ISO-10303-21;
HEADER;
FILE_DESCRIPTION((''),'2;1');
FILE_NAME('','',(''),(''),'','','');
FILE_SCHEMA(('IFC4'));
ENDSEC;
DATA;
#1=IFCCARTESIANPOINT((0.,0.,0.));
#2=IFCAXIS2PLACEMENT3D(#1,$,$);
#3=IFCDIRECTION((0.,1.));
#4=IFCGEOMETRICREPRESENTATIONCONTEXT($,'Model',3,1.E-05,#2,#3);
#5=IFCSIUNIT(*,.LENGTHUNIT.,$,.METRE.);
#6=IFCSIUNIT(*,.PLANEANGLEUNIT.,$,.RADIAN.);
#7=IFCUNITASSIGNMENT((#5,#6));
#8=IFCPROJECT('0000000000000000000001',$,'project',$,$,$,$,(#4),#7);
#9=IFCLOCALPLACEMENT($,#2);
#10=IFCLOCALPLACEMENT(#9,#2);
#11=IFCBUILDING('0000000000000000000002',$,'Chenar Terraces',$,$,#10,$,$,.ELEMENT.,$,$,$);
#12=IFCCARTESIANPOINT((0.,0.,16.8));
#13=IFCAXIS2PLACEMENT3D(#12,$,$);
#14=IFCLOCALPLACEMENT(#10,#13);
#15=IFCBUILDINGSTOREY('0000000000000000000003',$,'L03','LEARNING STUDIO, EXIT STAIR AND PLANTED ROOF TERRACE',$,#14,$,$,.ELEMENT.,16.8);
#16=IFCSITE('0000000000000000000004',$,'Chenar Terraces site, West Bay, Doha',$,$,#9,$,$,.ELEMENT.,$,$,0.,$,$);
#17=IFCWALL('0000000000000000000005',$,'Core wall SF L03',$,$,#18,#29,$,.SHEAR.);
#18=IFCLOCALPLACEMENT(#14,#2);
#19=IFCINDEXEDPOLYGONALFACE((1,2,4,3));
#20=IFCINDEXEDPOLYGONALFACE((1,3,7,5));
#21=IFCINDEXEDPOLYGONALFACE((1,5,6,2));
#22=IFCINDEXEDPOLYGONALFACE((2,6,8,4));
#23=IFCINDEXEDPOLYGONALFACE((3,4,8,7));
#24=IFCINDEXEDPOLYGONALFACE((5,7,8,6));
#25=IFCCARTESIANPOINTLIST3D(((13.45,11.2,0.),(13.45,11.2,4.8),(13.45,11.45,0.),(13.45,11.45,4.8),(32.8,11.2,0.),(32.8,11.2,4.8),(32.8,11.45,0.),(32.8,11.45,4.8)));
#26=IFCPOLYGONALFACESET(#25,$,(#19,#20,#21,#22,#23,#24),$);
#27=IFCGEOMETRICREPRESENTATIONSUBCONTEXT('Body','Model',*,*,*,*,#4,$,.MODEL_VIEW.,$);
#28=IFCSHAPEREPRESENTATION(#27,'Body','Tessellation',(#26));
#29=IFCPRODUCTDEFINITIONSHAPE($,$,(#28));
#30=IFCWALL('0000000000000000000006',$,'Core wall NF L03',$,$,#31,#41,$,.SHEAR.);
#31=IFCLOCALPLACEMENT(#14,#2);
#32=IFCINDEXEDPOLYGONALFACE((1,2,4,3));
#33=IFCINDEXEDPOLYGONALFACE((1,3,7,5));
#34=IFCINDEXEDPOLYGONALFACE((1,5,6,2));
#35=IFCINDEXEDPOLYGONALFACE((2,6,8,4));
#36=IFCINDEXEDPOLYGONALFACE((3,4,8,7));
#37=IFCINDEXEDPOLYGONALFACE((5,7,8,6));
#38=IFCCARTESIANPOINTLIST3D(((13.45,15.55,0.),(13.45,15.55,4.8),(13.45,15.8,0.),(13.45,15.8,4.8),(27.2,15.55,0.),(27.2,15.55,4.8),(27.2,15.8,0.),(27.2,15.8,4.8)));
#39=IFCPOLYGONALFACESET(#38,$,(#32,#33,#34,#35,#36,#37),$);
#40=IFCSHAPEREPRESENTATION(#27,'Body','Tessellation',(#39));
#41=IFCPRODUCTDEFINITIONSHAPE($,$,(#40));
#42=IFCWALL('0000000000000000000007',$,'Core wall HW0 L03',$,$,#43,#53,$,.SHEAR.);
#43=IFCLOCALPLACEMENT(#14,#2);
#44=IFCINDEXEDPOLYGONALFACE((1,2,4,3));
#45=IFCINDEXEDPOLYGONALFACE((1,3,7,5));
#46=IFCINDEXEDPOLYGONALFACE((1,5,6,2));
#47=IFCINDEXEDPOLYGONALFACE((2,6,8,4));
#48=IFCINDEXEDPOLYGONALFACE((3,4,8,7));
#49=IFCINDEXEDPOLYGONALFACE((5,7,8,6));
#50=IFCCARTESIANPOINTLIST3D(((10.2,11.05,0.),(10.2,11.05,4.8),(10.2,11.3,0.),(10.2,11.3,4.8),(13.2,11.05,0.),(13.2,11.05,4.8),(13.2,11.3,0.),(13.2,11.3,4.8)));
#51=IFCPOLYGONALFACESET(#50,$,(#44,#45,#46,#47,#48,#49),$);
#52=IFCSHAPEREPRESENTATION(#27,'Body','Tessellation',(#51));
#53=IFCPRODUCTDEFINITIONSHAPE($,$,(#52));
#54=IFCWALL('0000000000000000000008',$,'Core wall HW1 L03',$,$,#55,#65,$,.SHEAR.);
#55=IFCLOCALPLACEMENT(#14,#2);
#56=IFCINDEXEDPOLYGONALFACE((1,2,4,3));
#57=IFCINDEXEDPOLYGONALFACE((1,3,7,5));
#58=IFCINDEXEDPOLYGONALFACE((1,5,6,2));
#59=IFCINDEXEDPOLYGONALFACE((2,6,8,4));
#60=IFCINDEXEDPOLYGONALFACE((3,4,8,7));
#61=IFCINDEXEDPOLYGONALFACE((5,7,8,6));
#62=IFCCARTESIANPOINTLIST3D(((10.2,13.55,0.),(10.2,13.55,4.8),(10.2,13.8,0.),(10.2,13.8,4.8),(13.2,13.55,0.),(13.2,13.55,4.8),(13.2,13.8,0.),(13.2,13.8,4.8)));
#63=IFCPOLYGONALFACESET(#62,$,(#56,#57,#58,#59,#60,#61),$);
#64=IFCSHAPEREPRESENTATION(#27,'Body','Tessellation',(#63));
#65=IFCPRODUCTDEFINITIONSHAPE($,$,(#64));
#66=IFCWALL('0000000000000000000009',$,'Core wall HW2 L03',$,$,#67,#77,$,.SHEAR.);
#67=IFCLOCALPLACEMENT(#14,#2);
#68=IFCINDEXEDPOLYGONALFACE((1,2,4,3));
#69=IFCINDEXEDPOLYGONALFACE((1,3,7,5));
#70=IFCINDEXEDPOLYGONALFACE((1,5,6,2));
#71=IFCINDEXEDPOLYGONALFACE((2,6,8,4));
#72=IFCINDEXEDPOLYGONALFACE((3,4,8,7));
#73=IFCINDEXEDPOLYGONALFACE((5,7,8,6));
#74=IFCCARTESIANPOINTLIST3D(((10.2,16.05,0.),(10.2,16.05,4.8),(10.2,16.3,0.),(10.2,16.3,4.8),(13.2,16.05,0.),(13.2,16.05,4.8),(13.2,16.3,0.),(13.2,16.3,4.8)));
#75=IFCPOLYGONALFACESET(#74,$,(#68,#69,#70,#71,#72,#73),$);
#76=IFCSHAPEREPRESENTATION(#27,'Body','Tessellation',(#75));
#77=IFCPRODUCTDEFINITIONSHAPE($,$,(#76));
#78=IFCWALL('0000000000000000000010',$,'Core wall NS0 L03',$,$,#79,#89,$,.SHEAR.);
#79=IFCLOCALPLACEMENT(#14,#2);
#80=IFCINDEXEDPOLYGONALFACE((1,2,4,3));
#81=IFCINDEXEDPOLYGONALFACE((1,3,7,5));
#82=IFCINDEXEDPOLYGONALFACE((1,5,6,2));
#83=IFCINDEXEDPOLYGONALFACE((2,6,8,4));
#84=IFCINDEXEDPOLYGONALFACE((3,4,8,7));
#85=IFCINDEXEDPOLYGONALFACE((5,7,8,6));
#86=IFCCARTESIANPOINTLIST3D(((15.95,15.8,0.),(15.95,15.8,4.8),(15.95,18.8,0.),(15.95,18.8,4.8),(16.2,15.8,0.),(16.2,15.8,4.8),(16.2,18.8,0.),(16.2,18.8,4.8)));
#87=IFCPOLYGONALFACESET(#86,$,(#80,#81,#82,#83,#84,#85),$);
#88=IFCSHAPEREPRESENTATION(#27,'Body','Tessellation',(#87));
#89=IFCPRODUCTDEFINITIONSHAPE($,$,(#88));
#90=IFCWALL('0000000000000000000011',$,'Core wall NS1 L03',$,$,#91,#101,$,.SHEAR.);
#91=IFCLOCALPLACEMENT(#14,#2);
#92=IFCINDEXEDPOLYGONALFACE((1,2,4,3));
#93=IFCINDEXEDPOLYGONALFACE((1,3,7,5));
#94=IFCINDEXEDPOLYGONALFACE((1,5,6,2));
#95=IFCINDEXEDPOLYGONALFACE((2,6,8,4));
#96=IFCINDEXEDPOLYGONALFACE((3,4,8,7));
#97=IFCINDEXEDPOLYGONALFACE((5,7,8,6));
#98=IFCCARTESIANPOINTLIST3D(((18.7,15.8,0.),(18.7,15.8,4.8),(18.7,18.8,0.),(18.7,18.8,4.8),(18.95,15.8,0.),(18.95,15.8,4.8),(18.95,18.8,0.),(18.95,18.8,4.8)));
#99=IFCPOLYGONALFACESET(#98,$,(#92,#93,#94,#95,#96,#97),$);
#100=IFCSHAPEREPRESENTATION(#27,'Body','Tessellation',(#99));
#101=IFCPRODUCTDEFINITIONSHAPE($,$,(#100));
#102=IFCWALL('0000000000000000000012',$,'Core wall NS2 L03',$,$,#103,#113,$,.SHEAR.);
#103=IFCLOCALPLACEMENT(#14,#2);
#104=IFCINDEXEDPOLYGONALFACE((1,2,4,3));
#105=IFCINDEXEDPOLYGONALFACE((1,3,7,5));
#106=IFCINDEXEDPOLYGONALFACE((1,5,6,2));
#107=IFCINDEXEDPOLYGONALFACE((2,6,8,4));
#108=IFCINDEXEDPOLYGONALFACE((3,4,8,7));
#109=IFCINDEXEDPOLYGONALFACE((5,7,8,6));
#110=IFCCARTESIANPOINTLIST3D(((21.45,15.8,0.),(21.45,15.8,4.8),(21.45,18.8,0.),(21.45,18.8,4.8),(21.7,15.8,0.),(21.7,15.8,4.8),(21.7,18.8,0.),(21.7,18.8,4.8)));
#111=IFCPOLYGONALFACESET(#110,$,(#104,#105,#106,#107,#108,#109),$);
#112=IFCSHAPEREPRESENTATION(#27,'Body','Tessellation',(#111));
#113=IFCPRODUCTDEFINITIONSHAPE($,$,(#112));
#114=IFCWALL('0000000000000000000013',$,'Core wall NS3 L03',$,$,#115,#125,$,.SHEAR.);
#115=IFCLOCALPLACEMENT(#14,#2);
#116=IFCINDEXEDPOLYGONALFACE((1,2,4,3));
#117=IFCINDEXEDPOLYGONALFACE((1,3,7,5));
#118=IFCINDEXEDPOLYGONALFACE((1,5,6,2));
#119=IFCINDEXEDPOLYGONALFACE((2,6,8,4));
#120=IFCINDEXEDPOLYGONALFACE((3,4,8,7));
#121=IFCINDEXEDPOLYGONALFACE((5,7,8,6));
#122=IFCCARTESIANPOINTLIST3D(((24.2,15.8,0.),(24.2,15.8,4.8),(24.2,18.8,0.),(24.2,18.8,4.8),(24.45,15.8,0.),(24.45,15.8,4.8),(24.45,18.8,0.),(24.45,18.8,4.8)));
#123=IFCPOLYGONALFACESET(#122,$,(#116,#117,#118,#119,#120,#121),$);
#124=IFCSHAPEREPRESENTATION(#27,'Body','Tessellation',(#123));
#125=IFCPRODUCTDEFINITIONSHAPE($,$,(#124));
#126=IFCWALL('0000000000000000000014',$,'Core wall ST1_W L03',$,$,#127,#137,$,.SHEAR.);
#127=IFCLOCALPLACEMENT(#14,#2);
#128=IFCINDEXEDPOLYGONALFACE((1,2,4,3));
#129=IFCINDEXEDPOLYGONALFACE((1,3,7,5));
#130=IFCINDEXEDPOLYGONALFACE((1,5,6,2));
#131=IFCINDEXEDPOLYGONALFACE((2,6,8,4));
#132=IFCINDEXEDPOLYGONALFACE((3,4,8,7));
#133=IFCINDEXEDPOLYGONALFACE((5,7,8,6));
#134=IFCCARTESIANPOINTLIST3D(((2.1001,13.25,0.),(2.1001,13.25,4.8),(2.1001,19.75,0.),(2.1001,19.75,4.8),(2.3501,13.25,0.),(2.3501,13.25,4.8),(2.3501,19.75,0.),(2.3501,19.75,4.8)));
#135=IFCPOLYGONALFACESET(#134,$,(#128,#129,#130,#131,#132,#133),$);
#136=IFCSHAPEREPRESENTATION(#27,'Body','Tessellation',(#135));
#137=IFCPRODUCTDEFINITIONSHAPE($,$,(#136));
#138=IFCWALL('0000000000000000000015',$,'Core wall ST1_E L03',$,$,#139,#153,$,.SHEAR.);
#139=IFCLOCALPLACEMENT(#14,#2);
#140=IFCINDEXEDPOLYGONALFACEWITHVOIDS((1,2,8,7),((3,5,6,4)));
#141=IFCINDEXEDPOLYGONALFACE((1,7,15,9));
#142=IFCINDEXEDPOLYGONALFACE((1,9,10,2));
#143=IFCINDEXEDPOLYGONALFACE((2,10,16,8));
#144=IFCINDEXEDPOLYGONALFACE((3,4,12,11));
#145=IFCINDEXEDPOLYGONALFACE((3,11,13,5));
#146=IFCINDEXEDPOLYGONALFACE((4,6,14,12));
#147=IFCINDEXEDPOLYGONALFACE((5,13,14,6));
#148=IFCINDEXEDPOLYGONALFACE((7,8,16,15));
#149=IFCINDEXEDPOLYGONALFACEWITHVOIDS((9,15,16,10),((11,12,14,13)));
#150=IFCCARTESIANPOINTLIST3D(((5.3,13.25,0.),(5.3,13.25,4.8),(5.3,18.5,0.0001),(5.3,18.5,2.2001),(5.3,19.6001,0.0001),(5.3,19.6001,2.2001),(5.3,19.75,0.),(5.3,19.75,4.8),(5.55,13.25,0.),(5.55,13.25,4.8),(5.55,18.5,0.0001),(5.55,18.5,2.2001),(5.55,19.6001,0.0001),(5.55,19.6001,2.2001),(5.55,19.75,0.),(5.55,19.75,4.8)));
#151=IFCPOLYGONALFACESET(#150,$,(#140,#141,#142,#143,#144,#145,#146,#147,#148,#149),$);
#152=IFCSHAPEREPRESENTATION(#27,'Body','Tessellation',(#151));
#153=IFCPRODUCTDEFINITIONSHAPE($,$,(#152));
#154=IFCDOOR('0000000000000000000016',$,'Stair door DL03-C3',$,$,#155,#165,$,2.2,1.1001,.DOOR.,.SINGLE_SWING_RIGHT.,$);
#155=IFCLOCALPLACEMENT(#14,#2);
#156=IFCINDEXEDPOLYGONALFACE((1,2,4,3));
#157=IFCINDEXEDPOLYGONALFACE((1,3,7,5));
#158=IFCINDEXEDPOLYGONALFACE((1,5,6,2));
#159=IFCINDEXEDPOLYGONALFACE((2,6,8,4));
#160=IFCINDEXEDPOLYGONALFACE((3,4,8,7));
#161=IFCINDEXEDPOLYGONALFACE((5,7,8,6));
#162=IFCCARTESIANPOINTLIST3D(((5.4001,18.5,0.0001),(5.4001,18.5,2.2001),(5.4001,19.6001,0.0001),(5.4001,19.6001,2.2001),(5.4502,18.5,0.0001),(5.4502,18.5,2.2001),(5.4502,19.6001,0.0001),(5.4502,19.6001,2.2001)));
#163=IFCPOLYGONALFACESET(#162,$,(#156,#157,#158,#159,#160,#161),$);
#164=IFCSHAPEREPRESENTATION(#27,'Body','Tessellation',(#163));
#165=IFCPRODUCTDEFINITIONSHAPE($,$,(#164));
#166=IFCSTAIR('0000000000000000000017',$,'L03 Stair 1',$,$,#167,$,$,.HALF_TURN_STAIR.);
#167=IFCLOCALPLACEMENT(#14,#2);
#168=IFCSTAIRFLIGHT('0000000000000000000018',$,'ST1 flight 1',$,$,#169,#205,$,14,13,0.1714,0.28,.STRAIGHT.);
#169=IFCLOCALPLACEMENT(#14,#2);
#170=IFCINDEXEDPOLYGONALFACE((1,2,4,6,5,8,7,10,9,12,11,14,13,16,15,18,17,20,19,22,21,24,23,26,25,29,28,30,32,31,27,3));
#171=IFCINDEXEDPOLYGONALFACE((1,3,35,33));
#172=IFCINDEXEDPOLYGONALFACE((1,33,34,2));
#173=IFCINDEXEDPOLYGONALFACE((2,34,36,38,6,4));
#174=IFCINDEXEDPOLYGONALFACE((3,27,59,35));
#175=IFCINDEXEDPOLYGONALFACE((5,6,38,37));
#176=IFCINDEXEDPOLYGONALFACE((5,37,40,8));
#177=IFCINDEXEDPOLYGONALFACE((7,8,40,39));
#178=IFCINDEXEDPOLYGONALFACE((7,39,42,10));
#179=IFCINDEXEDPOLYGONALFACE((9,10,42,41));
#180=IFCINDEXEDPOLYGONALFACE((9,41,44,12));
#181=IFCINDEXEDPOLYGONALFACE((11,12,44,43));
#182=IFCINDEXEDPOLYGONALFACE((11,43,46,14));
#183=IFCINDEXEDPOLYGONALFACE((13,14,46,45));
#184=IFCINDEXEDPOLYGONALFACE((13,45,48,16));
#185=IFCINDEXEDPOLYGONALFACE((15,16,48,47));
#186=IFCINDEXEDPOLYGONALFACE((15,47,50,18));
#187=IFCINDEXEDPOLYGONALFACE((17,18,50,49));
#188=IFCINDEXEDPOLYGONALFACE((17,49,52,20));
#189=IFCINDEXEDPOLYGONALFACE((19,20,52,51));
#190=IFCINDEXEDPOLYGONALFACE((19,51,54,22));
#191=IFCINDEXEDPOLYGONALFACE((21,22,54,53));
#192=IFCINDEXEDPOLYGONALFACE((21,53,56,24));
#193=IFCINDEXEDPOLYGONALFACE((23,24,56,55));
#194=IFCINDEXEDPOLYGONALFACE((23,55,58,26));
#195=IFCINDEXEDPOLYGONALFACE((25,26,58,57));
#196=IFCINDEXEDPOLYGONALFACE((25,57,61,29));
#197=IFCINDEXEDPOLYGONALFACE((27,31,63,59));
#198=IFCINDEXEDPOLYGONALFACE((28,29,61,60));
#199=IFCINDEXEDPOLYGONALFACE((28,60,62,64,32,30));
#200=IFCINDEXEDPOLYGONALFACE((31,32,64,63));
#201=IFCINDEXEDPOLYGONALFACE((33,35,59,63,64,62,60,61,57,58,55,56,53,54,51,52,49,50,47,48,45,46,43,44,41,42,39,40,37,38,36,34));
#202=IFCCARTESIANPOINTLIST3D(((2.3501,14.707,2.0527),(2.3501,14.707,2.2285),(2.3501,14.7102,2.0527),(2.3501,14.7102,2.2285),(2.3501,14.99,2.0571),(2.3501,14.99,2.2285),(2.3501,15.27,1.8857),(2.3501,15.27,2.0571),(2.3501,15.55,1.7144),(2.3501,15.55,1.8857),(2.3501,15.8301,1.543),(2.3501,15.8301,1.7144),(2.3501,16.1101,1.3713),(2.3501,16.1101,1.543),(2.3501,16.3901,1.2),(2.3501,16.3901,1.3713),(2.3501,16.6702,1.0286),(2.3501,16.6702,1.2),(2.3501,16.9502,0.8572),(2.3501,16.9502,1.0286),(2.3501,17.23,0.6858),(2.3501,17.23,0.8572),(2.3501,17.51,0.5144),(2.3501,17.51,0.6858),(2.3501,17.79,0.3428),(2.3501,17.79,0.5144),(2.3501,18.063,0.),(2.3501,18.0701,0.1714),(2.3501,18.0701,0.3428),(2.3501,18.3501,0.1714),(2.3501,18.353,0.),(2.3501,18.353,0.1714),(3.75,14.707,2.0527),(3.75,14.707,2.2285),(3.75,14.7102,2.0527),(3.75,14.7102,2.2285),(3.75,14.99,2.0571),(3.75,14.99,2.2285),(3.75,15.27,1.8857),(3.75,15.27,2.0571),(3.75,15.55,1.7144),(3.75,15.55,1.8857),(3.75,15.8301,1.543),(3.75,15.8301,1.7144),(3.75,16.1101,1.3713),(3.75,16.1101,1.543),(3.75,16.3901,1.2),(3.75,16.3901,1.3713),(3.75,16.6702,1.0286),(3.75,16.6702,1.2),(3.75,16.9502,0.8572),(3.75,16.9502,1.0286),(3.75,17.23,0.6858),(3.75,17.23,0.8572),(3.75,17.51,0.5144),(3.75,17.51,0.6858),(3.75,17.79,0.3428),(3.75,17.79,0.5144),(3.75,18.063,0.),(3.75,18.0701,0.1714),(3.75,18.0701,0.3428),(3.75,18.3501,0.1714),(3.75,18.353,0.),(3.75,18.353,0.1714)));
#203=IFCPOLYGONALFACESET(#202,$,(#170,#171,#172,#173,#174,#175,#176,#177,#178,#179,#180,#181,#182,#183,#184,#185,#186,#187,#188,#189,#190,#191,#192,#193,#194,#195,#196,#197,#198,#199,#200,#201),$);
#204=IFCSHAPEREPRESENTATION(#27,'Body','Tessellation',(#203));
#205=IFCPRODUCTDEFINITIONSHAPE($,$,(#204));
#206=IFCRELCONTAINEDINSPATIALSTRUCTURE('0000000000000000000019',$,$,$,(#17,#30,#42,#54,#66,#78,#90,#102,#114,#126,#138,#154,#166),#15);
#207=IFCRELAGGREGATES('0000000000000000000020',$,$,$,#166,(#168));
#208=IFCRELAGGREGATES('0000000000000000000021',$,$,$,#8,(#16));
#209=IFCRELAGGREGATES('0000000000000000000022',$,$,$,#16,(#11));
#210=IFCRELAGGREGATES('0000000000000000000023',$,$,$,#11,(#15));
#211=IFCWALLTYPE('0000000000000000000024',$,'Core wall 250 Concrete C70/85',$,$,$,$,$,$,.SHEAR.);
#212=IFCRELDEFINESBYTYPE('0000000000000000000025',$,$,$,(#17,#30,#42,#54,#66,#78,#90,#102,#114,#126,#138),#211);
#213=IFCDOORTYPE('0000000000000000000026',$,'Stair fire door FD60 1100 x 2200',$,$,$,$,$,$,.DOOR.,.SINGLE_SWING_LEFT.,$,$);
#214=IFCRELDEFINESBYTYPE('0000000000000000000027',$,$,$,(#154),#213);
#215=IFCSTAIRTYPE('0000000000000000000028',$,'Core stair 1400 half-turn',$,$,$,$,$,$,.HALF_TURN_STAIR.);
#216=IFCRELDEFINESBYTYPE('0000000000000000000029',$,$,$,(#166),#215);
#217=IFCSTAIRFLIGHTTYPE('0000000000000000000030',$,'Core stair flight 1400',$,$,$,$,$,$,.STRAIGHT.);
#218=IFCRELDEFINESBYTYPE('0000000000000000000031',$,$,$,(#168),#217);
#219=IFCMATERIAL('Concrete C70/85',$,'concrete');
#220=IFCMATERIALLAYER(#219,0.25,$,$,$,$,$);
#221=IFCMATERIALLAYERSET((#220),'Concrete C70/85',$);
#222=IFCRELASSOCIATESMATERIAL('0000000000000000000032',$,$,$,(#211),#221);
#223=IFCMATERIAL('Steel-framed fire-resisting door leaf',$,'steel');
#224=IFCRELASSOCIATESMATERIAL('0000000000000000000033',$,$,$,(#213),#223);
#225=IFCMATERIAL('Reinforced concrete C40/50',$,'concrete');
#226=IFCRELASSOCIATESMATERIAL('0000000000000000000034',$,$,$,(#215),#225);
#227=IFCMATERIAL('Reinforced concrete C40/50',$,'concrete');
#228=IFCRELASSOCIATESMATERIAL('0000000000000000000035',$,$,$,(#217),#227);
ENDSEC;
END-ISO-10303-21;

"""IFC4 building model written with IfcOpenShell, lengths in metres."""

from ifc_helpers import new_model, si_unit, direction, frame, frame_2d, origin, place, context, subcontext, project, spatial, polyline, rectangle, outline, extrude, material, layer, layer_set, type_object, element, fill, aggregate, save


model = new_model("IFC4")

# Units and contexts
model_context = context("Model", 3, precision=1e-05, world=origin(), true_north=direction((0.0, 1.0)))
body_context = subcontext(model_context, "Body", "Model", "MODEL_VIEW")
ifc_project = project(units=[si_unit("LENGTHUNIT", "METRE"), si_unit("PLANEANGLEUNIT", "RADIAN")], contexts=[model_context])

# Site, building, storey
site_placement = place(None, origin())
site = spatial("IfcSite", under=ifc_project, at=site_placement, Name="Chenar Terraces site, West Bay, Doha", CompositionType="ELEMENT", RefElevation=0.0)
building_placement = place(site_placement, origin())
building = spatial("IfcBuilding", under=site, at=building_placement, Name="Chenar Terraces", CompositionType="ELEMENT")
storey_placement = place(building_placement, frame((0.0, 0.0, 16.8)))
storey = spatial("IfcBuildingStorey", under=building, at=storey_placement, Name="L03", Description="LEARNING STUDIO, EXIT STAIR AND PLANTED ROOF TERRACE", CompositionType="ELEMENT", Elevation=16.8)

# Walls
ifc_material_1 = material(Name="Concrete C70/85", Category="concrete")
ifc_layer_1 = layer(ifc_material_1, 0.25)
ifc_layer_set_1 = layer_set([ifc_layer_1], Name="Concrete C70/85")
wall_type_1 = type_object("IfcWallType", Name="Core wall 250 Concrete C70/85", PredefinedType="SHEAR", material=ifc_layer_set_1)
wall_1_placement = place(storey_placement, frame((13.45, 11.325, 0.0), z_axis=(0.0, 0.0, 1.0), x_axis=(1.0, 0.0, 0.0)))
element("IfcWall", 1, at=wall_1_placement, inside=storey, type_object=wall_type_1, Name="Core wall SF L03", PredefinedType="SHEAR", context=body_context, shape_type="SweptSolid", body=[
    extrude(rectangle(XDim=19.3501, YDim=0.25, at=frame_2d((9.675, 0.0))), origin(), (0.0, 0.0, 1.0), 4.8),
])
wall_2_placement = place(storey_placement, frame((13.45, 15.675, 0.0), z_axis=(0.0, 0.0, 1.0), x_axis=(1.0, 0.0, 0.0)))
element("IfcWall", 2, at=wall_2_placement, inside=storey, type_object=wall_type_1, Name="Core wall NF L03", PredefinedType="SHEAR", context=body_context, shape_type="SweptSolid", body=[
    extrude(rectangle(XDim=13.75, YDim=0.25, at=frame_2d((6.875, 0.0))), origin(), (0.0, 0.0, 1.0), 4.8),
])
for number, where, z_axis, x_axis, name in (
    (3, (10.2, 11.175, 0.0), (0.0, 0.0, 1.0), (1.0, 0.0, 0.0), "Core wall HW0 L03"),
    (4, (10.2, 13.675, 0.0), (0.0, 0.0, 1.0), (1.0, 0.0, 0.0), "Core wall HW1 L03"),
    (5, (10.2, 16.175, 0.0), (0.0, 0.0, 1.0), (1.0, 0.0, 0.0), "Core wall HW2 L03"),
    (6, (16.075, 15.8, 0.0), (0.0, 0.0, 1.0), (0.0, 1.0, 0.0), "Core wall NS0 L03"),
    (7, (18.825, 15.8, 0.0), (0.0, 0.0, 1.0), (0.0, 1.0, 0.0), "Core wall NS1 L03"),
    (8, (21.575, 15.8, 0.0), (0.0, 0.0, 1.0), (0.0, 1.0, 0.0), "Core wall NS2 L03"),
    (9, (24.325, 15.8, 0.0), (0.0, 0.0, 1.0), (0.0, 1.0, 0.0), "Core wall NS3 L03"),
):
    element("IfcWall", number, at=place(storey_placement, frame(where, z_axis=z_axis, x_axis=x_axis)), inside=storey, type_object=wall_type_1, Name=name, PredefinedType="SHEAR", context=body_context, shape_type="SweptSolid", body=[
        extrude(rectangle(XDim=3.0, YDim=0.25, at=frame_2d((1.5, 0.0))), origin(), (0.0, 0.0, 1.0), 4.8),
    ])
wall_3_placement = place(storey_placement, frame((2.2251, 13.25, 0.0), z_axis=(0.0, 0.0, 1.0), x_axis=(0.0, 1.0, 0.0)))
element("IfcWall", 10, at=wall_3_placement, inside=storey, type_object=wall_type_1, Name="Core wall ST1_W L03", PredefinedType="SHEAR", context=body_context, shape_type="SweptSolid", body=[
    extrude(rectangle(XDim=6.5, YDim=0.25, at=frame_2d((3.25, 0.0))), origin(), (0.0, 0.0, 1.0), 4.8),
])

# Wall, opening, door
wall_4_placement = place(storey_placement, frame((5.425, 13.25, 0.0), z_axis=(0.0, 0.0, 1.0), x_axis=(0.0, 1.0, 0.0)))
wall_4 = element("IfcWall", 11, at=wall_4_placement, inside=storey, type_object=wall_type_1, Name="Core wall ST1_E L03", PredefinedType="SHEAR", context=body_context, shape_type="SweptSolid", body=[
    extrude(rectangle(XDim=6.5, YDim=0.25, at=frame_2d((3.25, 0.0))), origin(), (0.0, 0.0, 1.0), 4.8),
])
opening_1_placement = place(wall_4_placement, frame((5.25, 0.0, 0.0)))
opening_1 = element("IfcOpeningElement", 12, at=opening_1_placement, cuts=wall_4, PredefinedType="OPENING", context=body_context, shape_type="SweptSolid", body=[
    extrude(rectangle(XDim=1.1001, YDim=2.2, at=frame_2d((0.55, 1.1001))), frame((0.0, 0.135, 0.0), z_axis=(0.0, -1.0, 0.0), x_axis=(1.0, 0.0, 0.0)), (0.0, 0.0, 1.0), 0.27),
])
ifc_material_2 = material(Name="Steel-framed fire-resisting door leaf", Category="steel")
door_type_1 = type_object("IfcDoorType", Name="Stair fire door FD60 1100 x 2200", OperationType="SINGLE_SWING_LEFT", PredefinedType="DOOR", material=ifc_material_2)
door_1_placement = place(opening_1_placement, origin())
door_1 = element("IfcDoor", 13, at=door_1_placement, inside=storey, type_object=door_type_1, Name="Stair door DL03-C3", OperationType="SINGLE_SWING_RIGHT", OverallHeight=2.2, OverallWidth=1.1001, PredefinedType="DOOR", context=body_context, shape_type="SweptSolid", body=[
    extrude(rectangle(XDim=1.1001, YDim=2.2, at=frame_2d((0.55, 1.1001))), frame((0.0, 0.0249, 0.0), z_axis=(0.0, -1.0, 0.0), x_axis=(1.0, 0.0, 0.0)), (0.0, 0.0, 1.0), 0.05),
])
fill(opening_1, door_1)

# Stair, stair flight
ifc_material_3 = material(Name="Reinforced concrete C40/50", Category="concrete")
stair_type = type_object("IfcStairType", Name="Core stair 1400 half-turn", PredefinedType="HALF_TURN_STAIR", material=ifc_material_3)
stair_placement = place(storey_placement, origin())
stair = element("IfcStair", 14, at=stair_placement, inside=storey, type_object=stair_type, Name="L03 Stair 1", PredefinedType="HALF_TURN_STAIR")
ifc_material_4 = material(Name="Reinforced concrete C40/50", Category="concrete")
stair_flight_type = type_object("IfcStairFlightType", Name="Core stair flight 1400", PredefinedType="STRAIGHT", material=ifc_material_4)
stair_flight_1_placement = place(storey_placement, frame((3.05, 18.3501, 0.0), z_axis=(0.0, 0.0, 1.0), x_axis=(0.0, -1.0, 0.0)))
stair_flight_1 = element("IfcStairFlight", 15, at=stair_flight_1_placement, type_object=stair_flight_type, Name="ST1 flight 1", NumberOfRisers=14, NumberOfTreads=13, PredefinedType="STRAIGHT", RiserHeight=0.1714, TreadLength=0.28, context=body_context, shape_type="SweptSolid", body=[
    extrude(outline(polyline([(-0.0029, 0.0), (-0.0029, 0.1714), (0.0, 0.1714), (0.28, 0.1714), (0.28, 0.3428), (0.5601, 0.3428), (0.5601, 0.5144), (0.8401, 0.5144), (0.8401, 0.6858), (1.1201, 0.6858), (1.1201, 0.8572), (1.3999, 0.8572), (1.3999, 1.0286), (1.6799, 1.0286), (1.6799, 1.2), (1.96, 1.2), (1.96, 1.3713), (2.24, 1.3713), (2.24, 1.543), (2.52, 1.543), (2.52, 1.7144), (2.8, 1.7144), (2.8, 1.8857), (3.0801, 1.8857), (3.0801, 2.0571), (3.3601, 2.0571), (3.3601, 2.2285), (3.6399, 2.2285), (3.6431, 2.2285), (3.6431, 2.0527), (3.6399, 2.0527), (0.2871, 0.0), (-0.0029, 0.0)])), frame((0.0, 0.7, 0.0), z_axis=(0.0, -1.0, 0.0), x_axis=(1.0, 0.0, 0.0)), (0.0, 0.0, 1.0), 1.3999),
])
aggregate(stair, [stair_flight_1])

save(model, "model.ifc")
